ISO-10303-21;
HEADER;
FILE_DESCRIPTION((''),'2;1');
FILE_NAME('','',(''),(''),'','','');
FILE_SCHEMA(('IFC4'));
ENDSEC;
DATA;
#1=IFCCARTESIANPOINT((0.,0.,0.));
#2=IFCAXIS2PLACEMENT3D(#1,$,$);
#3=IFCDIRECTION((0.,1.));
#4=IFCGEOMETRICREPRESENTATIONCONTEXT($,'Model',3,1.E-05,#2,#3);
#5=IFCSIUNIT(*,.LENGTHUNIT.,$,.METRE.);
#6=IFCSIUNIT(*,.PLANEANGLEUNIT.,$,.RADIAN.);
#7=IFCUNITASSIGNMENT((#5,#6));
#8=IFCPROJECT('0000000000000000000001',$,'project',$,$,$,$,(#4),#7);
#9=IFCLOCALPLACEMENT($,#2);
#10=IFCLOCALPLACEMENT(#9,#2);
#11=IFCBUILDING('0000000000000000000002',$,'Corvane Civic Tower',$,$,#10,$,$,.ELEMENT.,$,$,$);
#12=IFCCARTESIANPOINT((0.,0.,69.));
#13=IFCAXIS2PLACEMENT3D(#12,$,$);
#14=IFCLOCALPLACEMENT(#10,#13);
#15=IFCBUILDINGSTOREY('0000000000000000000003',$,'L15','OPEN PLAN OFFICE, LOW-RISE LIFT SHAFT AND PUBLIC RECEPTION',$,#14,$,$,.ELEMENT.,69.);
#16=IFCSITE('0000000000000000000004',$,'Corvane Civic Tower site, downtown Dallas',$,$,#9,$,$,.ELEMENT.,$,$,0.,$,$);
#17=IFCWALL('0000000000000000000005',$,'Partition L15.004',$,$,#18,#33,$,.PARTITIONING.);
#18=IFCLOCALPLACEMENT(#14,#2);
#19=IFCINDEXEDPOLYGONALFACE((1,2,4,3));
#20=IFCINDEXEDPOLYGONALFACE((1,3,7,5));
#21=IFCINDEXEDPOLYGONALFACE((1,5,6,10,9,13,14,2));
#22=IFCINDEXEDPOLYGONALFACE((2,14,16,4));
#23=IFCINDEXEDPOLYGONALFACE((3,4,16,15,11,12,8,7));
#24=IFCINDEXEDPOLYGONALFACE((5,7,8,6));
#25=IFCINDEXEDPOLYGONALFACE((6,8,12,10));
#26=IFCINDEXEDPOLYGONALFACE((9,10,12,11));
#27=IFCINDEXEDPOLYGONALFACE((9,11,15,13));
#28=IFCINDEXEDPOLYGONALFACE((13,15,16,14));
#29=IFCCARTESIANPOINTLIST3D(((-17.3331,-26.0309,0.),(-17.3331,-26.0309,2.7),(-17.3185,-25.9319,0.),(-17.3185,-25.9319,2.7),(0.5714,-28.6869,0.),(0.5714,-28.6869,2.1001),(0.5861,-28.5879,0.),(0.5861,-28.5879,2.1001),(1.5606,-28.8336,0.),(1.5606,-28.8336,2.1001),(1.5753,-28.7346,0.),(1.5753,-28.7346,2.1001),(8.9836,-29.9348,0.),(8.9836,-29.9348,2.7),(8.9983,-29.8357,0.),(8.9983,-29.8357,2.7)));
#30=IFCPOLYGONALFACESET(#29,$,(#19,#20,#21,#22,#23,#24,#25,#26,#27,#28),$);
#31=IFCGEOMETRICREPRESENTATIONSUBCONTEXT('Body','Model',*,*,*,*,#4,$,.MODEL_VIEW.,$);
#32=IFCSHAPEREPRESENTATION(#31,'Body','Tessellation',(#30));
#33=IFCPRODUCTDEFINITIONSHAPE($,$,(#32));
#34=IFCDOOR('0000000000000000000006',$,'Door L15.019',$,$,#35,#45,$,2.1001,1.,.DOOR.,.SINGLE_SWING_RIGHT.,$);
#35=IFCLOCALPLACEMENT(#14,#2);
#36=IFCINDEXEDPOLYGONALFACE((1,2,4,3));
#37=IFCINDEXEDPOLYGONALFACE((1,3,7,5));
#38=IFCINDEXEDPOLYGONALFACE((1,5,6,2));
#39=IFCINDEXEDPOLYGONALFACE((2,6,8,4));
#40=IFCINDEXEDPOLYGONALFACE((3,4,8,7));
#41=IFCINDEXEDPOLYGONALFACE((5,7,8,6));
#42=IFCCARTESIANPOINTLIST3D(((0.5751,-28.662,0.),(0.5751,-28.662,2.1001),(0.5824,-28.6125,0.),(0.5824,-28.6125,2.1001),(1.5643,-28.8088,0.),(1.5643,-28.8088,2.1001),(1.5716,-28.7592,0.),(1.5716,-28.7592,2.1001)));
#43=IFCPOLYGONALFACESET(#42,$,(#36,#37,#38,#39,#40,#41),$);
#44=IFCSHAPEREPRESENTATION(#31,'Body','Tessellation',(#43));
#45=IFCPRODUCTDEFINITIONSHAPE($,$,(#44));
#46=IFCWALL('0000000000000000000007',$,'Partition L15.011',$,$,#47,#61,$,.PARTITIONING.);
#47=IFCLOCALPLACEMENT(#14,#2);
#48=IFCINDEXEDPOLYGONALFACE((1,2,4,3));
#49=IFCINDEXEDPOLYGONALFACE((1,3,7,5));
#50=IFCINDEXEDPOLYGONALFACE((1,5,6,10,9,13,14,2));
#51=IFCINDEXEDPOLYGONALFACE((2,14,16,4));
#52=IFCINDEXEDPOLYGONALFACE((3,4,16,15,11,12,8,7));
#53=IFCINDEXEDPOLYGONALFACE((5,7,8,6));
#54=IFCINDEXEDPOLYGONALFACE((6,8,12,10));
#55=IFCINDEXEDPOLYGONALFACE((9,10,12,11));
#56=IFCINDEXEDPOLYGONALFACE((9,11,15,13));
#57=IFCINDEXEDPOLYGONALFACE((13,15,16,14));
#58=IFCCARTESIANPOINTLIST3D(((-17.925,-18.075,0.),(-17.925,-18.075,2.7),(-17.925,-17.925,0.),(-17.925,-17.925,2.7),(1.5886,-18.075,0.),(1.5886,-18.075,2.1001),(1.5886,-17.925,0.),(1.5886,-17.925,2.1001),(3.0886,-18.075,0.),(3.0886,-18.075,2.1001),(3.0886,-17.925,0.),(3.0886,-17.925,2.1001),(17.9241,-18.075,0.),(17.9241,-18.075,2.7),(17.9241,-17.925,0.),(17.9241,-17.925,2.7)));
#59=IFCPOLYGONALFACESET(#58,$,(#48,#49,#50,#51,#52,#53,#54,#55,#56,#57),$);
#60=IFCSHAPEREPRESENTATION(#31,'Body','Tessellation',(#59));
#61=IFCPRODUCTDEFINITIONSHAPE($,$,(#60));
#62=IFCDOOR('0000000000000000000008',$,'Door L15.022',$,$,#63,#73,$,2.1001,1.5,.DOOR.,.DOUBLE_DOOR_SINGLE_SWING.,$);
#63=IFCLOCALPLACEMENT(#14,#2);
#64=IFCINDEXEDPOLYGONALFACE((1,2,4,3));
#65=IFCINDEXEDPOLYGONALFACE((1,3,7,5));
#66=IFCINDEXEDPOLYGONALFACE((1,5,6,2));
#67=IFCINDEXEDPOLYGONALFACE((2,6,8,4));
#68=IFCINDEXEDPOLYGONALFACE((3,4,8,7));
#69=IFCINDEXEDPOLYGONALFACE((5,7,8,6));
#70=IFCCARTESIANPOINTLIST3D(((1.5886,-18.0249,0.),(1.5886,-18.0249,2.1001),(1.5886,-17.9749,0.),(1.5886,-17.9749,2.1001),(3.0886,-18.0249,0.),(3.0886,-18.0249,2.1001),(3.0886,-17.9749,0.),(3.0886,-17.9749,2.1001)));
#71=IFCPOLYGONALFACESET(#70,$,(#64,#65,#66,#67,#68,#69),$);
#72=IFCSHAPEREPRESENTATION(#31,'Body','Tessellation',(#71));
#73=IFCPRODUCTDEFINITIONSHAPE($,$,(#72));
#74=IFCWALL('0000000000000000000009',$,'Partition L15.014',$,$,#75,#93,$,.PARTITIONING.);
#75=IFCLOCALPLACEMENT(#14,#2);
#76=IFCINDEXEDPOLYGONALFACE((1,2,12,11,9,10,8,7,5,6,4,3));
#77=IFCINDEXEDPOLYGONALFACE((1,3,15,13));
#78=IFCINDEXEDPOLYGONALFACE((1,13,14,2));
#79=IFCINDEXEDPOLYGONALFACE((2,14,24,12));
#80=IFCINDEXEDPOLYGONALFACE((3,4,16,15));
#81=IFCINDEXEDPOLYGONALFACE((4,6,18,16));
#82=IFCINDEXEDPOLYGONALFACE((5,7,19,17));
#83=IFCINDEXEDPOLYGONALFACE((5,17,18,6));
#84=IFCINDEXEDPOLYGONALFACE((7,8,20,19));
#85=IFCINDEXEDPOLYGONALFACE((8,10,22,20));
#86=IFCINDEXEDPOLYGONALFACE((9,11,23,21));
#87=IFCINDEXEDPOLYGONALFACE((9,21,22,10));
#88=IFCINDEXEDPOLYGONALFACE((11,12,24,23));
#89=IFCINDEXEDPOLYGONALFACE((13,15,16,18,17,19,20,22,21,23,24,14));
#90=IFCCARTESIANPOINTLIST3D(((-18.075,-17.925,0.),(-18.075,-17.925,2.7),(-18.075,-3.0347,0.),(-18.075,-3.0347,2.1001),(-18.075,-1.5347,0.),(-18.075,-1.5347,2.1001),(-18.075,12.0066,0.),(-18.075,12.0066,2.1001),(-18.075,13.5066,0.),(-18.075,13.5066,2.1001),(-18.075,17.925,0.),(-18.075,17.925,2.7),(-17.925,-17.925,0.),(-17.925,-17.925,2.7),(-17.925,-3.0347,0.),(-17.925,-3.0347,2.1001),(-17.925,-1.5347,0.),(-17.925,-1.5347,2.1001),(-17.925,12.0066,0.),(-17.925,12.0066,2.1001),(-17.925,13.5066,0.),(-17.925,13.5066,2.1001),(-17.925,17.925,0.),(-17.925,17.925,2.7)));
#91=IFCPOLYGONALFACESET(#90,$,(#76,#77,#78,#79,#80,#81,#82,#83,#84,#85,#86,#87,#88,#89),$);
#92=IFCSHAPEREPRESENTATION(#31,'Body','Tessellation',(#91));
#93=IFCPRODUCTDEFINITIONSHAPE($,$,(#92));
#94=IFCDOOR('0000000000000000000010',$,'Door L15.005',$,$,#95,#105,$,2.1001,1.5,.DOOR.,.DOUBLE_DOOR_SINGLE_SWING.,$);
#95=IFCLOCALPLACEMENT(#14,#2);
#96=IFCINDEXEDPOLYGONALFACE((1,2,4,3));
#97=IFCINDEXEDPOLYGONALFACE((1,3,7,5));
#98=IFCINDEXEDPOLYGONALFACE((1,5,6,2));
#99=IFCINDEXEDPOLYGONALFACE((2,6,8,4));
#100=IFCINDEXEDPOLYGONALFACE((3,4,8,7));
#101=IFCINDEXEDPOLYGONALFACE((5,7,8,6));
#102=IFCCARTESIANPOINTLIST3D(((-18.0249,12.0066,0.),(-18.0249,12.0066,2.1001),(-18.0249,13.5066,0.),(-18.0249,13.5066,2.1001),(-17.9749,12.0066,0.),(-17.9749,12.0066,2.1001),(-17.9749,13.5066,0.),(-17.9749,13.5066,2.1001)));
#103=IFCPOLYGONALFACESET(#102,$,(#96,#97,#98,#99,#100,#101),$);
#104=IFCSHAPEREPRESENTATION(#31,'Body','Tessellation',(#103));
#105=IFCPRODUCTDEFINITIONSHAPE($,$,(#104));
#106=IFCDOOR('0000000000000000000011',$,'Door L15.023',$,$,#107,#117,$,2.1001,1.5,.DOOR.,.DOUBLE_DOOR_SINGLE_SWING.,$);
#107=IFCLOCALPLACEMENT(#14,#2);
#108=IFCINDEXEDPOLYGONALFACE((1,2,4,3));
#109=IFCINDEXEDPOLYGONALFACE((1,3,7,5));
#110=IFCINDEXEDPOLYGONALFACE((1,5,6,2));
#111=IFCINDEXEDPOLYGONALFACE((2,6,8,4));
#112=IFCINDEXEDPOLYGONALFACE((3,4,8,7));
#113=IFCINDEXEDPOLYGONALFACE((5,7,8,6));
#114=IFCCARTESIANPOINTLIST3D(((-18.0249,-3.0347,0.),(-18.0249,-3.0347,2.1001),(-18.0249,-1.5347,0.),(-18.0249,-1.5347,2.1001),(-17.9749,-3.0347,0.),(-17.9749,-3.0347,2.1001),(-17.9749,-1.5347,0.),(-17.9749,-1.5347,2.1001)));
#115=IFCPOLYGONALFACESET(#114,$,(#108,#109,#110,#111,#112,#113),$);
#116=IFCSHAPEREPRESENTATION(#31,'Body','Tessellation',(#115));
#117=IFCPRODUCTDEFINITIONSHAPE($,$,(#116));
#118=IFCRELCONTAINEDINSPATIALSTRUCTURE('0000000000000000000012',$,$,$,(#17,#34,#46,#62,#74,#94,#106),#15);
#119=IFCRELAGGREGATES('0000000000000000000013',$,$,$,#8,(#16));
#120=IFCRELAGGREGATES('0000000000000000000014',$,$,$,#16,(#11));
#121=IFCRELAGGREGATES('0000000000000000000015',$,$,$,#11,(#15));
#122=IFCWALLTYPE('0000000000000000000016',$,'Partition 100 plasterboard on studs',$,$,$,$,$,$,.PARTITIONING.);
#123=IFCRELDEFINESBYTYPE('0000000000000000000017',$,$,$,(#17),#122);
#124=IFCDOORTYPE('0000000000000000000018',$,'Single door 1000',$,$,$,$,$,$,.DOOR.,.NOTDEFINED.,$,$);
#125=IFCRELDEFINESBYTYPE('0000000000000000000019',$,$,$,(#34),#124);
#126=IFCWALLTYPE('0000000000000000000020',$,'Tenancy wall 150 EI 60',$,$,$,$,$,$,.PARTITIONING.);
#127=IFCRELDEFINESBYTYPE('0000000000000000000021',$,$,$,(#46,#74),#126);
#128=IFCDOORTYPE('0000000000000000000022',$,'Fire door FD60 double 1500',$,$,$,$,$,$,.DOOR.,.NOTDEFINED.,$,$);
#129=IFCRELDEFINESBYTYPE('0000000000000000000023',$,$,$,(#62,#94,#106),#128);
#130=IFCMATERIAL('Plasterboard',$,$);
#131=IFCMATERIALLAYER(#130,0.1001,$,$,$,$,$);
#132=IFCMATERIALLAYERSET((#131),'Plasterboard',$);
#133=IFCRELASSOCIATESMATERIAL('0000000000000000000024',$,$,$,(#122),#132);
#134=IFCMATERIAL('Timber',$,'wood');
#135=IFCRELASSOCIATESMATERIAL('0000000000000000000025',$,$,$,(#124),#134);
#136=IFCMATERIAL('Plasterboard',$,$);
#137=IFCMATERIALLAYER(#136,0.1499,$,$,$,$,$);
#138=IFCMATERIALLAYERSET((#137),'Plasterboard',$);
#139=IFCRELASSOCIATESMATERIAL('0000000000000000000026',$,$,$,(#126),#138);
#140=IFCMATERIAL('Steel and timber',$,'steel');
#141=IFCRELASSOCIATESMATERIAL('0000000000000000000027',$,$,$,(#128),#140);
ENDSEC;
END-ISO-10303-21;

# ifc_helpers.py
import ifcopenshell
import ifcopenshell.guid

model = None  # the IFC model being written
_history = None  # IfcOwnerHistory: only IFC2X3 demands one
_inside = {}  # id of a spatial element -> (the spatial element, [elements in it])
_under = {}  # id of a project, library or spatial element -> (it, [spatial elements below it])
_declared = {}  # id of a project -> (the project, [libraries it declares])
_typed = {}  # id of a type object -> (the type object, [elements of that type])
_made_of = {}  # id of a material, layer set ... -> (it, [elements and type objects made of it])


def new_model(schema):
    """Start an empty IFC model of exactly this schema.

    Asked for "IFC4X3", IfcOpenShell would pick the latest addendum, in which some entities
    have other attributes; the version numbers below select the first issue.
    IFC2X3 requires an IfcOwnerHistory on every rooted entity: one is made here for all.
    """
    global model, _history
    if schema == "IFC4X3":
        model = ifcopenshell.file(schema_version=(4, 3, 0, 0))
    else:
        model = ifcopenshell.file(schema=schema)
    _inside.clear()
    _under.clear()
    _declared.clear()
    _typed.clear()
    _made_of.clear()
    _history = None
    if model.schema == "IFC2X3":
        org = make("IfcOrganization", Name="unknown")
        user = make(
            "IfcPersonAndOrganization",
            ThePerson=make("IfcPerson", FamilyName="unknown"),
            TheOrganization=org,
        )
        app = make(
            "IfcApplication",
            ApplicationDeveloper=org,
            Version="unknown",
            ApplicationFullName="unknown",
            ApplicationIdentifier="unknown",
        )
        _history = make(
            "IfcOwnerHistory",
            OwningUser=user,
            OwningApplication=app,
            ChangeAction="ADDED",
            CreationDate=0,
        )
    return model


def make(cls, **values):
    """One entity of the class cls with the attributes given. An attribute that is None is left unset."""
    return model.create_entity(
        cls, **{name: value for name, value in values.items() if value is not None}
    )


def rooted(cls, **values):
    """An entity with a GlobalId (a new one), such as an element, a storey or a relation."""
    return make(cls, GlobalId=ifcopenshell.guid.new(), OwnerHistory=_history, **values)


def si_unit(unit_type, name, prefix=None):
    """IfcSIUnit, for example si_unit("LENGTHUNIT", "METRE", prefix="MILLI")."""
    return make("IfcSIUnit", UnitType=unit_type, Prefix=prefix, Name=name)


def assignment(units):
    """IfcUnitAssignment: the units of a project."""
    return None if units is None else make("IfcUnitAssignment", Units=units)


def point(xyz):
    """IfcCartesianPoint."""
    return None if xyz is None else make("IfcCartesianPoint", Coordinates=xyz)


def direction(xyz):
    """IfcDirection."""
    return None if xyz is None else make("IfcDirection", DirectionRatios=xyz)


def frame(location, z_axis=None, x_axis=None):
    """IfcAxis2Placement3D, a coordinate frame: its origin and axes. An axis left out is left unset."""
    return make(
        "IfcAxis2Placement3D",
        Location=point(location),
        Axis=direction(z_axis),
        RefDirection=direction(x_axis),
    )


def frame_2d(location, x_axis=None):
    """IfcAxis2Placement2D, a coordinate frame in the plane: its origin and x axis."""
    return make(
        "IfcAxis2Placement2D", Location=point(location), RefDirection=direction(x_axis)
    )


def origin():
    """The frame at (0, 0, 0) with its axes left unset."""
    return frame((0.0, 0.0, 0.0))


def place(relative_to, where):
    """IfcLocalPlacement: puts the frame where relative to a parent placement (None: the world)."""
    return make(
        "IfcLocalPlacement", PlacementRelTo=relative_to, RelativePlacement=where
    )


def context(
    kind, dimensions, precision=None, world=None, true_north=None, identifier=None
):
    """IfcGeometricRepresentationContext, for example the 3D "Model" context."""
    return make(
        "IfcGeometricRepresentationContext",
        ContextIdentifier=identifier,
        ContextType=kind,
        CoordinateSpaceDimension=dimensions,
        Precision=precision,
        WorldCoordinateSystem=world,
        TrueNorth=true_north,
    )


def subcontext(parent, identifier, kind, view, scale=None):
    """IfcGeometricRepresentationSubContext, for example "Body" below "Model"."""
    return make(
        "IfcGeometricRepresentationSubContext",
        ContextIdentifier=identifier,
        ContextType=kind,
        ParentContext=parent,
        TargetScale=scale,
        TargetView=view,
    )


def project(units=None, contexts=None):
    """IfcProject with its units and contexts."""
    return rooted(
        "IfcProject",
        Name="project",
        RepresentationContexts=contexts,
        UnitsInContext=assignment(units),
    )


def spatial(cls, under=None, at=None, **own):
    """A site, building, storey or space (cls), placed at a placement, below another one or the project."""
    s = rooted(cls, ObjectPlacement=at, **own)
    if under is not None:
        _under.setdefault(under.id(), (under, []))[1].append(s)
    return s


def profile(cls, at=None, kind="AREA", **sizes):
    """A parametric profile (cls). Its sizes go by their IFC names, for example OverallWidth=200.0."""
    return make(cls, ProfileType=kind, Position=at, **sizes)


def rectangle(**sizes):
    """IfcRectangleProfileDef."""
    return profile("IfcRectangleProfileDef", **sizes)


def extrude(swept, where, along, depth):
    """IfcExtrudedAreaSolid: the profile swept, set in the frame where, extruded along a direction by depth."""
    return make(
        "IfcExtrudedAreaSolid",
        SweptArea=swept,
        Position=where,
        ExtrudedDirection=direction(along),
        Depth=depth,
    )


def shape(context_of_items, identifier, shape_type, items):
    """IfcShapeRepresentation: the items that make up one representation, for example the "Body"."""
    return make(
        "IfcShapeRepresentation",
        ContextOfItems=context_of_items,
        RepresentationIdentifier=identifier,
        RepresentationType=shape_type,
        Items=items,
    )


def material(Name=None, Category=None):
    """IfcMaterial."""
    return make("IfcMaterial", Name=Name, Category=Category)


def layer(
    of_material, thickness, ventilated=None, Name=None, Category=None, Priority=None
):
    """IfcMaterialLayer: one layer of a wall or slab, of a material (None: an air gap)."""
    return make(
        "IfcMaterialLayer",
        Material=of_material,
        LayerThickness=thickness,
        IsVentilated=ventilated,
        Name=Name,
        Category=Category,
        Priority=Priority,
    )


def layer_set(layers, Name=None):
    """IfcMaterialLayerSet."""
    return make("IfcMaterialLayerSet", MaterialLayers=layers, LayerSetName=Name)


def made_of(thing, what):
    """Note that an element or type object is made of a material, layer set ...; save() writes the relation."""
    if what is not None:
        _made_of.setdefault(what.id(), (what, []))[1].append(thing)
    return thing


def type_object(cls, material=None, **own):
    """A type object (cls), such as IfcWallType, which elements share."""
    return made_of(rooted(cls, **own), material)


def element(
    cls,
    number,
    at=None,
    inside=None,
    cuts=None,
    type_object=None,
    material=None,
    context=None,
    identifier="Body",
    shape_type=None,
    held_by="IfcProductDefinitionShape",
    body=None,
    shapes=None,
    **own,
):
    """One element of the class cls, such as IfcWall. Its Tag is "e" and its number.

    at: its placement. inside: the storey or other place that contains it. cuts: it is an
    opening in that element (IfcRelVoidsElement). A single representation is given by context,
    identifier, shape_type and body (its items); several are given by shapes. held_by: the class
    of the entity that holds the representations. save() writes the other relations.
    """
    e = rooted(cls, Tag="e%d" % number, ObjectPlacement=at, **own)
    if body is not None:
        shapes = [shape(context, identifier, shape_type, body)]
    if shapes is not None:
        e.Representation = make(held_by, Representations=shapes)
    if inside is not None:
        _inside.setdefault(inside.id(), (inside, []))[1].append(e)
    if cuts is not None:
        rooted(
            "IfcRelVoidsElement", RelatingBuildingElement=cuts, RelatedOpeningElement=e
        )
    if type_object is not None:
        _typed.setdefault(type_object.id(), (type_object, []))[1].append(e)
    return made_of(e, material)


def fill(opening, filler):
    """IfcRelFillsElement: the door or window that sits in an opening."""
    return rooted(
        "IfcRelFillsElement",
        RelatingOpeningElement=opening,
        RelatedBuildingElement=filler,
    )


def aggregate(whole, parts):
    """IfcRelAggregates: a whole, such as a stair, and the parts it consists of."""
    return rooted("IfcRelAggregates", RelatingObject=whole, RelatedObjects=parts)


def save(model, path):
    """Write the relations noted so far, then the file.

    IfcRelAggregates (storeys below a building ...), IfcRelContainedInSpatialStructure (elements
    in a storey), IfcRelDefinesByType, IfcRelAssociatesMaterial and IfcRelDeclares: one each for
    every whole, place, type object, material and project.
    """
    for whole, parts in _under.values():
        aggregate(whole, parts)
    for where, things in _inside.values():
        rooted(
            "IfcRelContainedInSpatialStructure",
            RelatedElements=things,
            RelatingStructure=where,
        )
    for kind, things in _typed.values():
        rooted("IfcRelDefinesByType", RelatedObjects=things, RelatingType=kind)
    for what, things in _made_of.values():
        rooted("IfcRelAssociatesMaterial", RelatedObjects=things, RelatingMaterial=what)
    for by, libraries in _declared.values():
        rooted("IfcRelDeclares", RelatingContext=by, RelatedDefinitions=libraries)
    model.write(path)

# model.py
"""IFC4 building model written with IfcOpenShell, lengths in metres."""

from ifc_helpers import new_model, si_unit, direction, frame, frame_2d, origin, place, context, subcontext, project, spatial, rectangle, extrude, material, layer, layer_set, type_object, element, fill, save


model = new_model("IFC4")

# Units and contexts
model_context = context("Model", 3, precision=1e-05, world=origin(), true_north=direction((0.0, 1.0)))
body_context = subcontext(model_context, "Body", "Model", "MODEL_VIEW")
ifc_project = project(units=[si_unit("LENGTHUNIT", "METRE"), si_unit("PLANEANGLEUNIT", "RADIAN")], contexts=[model_context])

# Site, building, storey
site_placement = place(None, origin())
site = spatial("IfcSite", under=ifc_project, at=site_placement, Name="Corvane Civic Tower site, downtown Dallas", CompositionType="ELEMENT", RefElevation=0.0)
building_placement = place(site_placement, origin())
building = spatial("IfcBuilding", under=site, at=building_placement, Name="Corvane Civic Tower", CompositionType="ELEMENT")
storey_placement = place(building_placement, frame((0.0, 0.0, 69.0)))
storey = spatial("IfcBuildingStorey", under=building, at=storey_placement, Name="L15", Description="OPEN PLAN OFFICE, LOW-RISE LIFT SHAFT AND PUBLIC RECEPTION", CompositionType="ELEMENT", Elevation=69.0)

# Walls, openings, doors
ifc_material_1 = material(Name="Plasterboard")
ifc_layer_1 = layer(ifc_material_1, 0.1001)
ifc_layer_set_1 = layer_set([ifc_layer_1], Name="Plasterboard")
wall_type_1 = type_object("IfcWallType", Name="Partition 100 plasterboard on studs", PredefinedType="PARTITIONING", material=ifc_layer_set_1)
wall_1_placement = place(storey_placement, frame((-17.3257, -25.9814, 0.0), z_axis=(0.0, 0.0, 1.0), x_axis=(0.989176, -0.146734, 0.0)))
wall_1 = element("IfcWall", 1, at=wall_1_placement, inside=storey, type_object=wall_type_1, Name="Partition L15.004", PredefinedType="PARTITIONING", context=body_context, shape_type="SweptSolid", body=[
    extrude(rectangle(XDim=26.6047, YDim=0.1001, at=frame_2d((13.3022, 0.0))), origin(), (0.0, 0.0, 1.0), 2.7),
])
opening_1_placement = place(wall_1_placement, frame((18.1003, 0.0, 0.0)))
opening_1 = element("IfcOpeningElement", 2, at=opening_1_placement, cuts=wall_1, PredefinedType="OPENING", context=body_context, shape_type="SweptSolid", body=[
    extrude(rectangle(XDim=1.0, YDim=2.1001, at=frame_2d((0.5, 1.05))), frame((0.0, 0.0601, 0.0), z_axis=(0.0, -1.0, 0.0), x_axis=(1.0, 0.0, 0.0)), (0.0, 0.0, 1.0), 0.1201),
])
ifc_material_2 = material(Name="Timber", Category="wood")
door_type_1 = type_object("IfcDoorType", Name="Single door 1000", OperationType="NOTDEFINED", PredefinedType="DOOR", material=ifc_material_2)
door_1_placement = place(opening_1_placement, frame((1.0, 0.0, 0.0), z_axis=(0.0, 0.0, 1.0), x_axis=(-1.0, 0.0, 0.0)))
door_1 = element("IfcDoor", 3, at=door_1_placement, inside=storey, type_object=door_type_1, Name="Door L15.019", OperationType="SINGLE_SWING_RIGHT", OverallHeight=2.1001, OverallWidth=1.0, PredefinedType="DOOR", context=body_context, shape_type="SweptSolid", body=[
    extrude(rectangle(XDim=1.0, YDim=2.1001, at=frame_2d((0.5, 1.05))), frame((0.0, 0.0249, 0.0), z_axis=(0.0, -1.0, 0.0), x_axis=(1.0, 0.0, 0.0)), (0.0, 0.0, 1.0), 0.05),
])
fill(opening_1, door_1)
ifc_material_3 = material(Name="Plasterboard")
ifc_layer_2 = layer(ifc_material_3, 0.1499)
ifc_layer_set_2 = layer_set([ifc_layer_2], Name="Plasterboard")
wall_type_2 = type_object("IfcWallType", Name="Tenancy wall 150 EI 60", PredefinedType="PARTITIONING", material=ifc_layer_set_2)
wall_2_placement = place(storey_placement, frame((-17.925, -18.0, 0.0), z_axis=(0.0, 0.0, 1.0), x_axis=(1.0, 0.0, 0.0)))
wall_2 = element("IfcWall", 4, at=wall_2_placement, inside=storey, type_object=wall_type_2, Name="Partition L15.011", PredefinedType="PARTITIONING", context=body_context, shape_type="SweptSolid", body=[
    extrude(rectangle(XDim=35.8491, YDim=0.1499, at=frame_2d((17.9246, 0.0))), origin(), (0.0, 0.0, 1.0), 2.7),
])
opening_2_placement = place(wall_2_placement, frame((19.5137, 0.0, 0.0)))
opening_2 = element("IfcOpeningElement", 5, at=opening_2_placement, cuts=wall_2, PredefinedType="OPENING", context=body_context, shape_type="SweptSolid", body=[
    extrude(rectangle(XDim=1.5, YDim=2.1001, at=frame_2d((0.75, 1.05))), frame((0.0, 0.085, 0.0), z_axis=(0.0, -1.0, 0.0), x_axis=(1.0, 0.0, 0.0)), (0.0, 0.0, 1.0), 0.1699),
])
ifc_material_4 = material(Name="Steel and timber", Category="steel")
door_type_2 = type_object("IfcDoorType", Name="Fire door FD60 double 1500", OperationType="NOTDEFINED", PredefinedType="DOOR", material=ifc_material_4)
door_2_placement = place(opening_2_placement, frame((1.5, 0.0, 0.0), z_axis=(0.0, 0.0, 1.0), x_axis=(-1.0, 0.0, 0.0)))
door_2 = element("IfcDoor", 6, at=door_2_placement, inside=storey, type_object=door_type_2, Name="Door L15.022", OperationType="DOUBLE_DOOR_SINGLE_SWING", OverallHeight=2.1001, OverallWidth=1.5, PredefinedType="DOOR", context=body_context, shape_type="SweptSolid", body=[
    extrude(rectangle(XDim=1.5, YDim=2.1001, at=frame_2d((0.75, 1.05))), frame((0.0, 0.0249, 0.0), z_axis=(0.0, -1.0, 0.0), x_axis=(1.0, 0.0, 0.0)), (0.0, 0.0, 1.0), 0.05),
])
fill(opening_2, door_2)

# Wall, openings, doors
wall_3_placement = place(storey_placement, frame((-18.0, -17.925, 0.0), z_axis=(0.0, 0.0, 1.0), x_axis=(0.0, 1.0, 0.0)))
wall_3 = element("IfcWall", 7, at=wall_3_placement, inside=storey, type_object=wall_type_2, Name="Partition L15.014", PredefinedType="PARTITIONING", context=body_context, shape_type="SweptSolid", body=[
    extrude(rectangle(XDim=35.8501, YDim=0.1499, at=frame_2d((17.925, 0.0))), origin(), (0.0, 0.0, 1.0), 2.7),
])
opening_3_placement = place(wall_3_placement, frame((29.9316, 0.0, 0.0)))
opening_3 = element("IfcOpeningElement", 8, at=opening_3_placement, cuts=wall_3, PredefinedType="OPENING", context=body_context, shape_type="SweptSolid", body=[
    extrude(rectangle(XDim=1.5, YDim=2.1001, at=frame_2d((0.75, 1.05))), frame((0.0, 0.085, 0.0), z_axis=(0.0, -1.0, 0.0), x_axis=(1.0, 0.0, 0.0)), (0.0, 0.0, 1.0), 0.1699),
])
opening_4_placement = place(wall_3_placement, frame((14.8904, 0.0, 0.0)))
opening_4 = element("IfcOpeningElement", 9, at=opening_4_placement, cuts=wall_3, PredefinedType="OPENING", context=body_context, shape_type="SweptSolid", body=[
    extrude(rectangle(XDim=1.5, YDim=2.1001, at=frame_2d((0.75, 1.05))), frame((0.0, 0.085, 0.0), z_axis=(0.0, -1.0, 0.0), x_axis=(1.0, 0.0, 0.0)), (0.0, 0.0, 1.0), 0.1699),
])
door_3_placement = place(opening_3_placement, origin())
door_3 = element("IfcDoor", 10, at=door_3_placement, inside=storey, type_object=door_type_2, Name="Door L15.005", OperationType="DOUBLE_DOOR_SINGLE_SWING", OverallHeight=2.1001, OverallWidth=1.5, PredefinedType="DOOR", context=body_context, shape_type="SweptSolid", body=[
    extrude(rectangle(XDim=1.5, YDim=2.1001, at=frame_2d((0.75, 1.05))), frame((0.0, 0.0249, 0.0), z_axis=(0.0, -1.0, 0.0), x_axis=(1.0, 0.0, 0.0)), (0.0, 0.0, 1.0), 0.05),
])
fill(opening_3, door_3)
door_4_placement = place(opening_4_placement, origin())
door_4 = element("IfcDoor", 11, at=door_4_placement, inside=storey, type_object=door_type_2, Name="Door L15.023", OperationType="DOUBLE_DOOR_SINGLE_SWING", OverallHeight=2.1001, OverallWidth=1.5, PredefinedType="DOOR", context=body_context, shape_type="SweptSolid", body=[
    extrude(rectangle(XDim=1.5, YDim=2.1001, at=frame_2d((0.75, 1.05))), frame((0.0, 0.0249, 0.0), z_axis=(0.0, -1.0, 0.0), x_axis=(1.0, 0.0, 0.0)), (0.0, 0.0, 1.0), 0.05),
])
fill(opening_4, door_4)

save(model, "model.ifc")
